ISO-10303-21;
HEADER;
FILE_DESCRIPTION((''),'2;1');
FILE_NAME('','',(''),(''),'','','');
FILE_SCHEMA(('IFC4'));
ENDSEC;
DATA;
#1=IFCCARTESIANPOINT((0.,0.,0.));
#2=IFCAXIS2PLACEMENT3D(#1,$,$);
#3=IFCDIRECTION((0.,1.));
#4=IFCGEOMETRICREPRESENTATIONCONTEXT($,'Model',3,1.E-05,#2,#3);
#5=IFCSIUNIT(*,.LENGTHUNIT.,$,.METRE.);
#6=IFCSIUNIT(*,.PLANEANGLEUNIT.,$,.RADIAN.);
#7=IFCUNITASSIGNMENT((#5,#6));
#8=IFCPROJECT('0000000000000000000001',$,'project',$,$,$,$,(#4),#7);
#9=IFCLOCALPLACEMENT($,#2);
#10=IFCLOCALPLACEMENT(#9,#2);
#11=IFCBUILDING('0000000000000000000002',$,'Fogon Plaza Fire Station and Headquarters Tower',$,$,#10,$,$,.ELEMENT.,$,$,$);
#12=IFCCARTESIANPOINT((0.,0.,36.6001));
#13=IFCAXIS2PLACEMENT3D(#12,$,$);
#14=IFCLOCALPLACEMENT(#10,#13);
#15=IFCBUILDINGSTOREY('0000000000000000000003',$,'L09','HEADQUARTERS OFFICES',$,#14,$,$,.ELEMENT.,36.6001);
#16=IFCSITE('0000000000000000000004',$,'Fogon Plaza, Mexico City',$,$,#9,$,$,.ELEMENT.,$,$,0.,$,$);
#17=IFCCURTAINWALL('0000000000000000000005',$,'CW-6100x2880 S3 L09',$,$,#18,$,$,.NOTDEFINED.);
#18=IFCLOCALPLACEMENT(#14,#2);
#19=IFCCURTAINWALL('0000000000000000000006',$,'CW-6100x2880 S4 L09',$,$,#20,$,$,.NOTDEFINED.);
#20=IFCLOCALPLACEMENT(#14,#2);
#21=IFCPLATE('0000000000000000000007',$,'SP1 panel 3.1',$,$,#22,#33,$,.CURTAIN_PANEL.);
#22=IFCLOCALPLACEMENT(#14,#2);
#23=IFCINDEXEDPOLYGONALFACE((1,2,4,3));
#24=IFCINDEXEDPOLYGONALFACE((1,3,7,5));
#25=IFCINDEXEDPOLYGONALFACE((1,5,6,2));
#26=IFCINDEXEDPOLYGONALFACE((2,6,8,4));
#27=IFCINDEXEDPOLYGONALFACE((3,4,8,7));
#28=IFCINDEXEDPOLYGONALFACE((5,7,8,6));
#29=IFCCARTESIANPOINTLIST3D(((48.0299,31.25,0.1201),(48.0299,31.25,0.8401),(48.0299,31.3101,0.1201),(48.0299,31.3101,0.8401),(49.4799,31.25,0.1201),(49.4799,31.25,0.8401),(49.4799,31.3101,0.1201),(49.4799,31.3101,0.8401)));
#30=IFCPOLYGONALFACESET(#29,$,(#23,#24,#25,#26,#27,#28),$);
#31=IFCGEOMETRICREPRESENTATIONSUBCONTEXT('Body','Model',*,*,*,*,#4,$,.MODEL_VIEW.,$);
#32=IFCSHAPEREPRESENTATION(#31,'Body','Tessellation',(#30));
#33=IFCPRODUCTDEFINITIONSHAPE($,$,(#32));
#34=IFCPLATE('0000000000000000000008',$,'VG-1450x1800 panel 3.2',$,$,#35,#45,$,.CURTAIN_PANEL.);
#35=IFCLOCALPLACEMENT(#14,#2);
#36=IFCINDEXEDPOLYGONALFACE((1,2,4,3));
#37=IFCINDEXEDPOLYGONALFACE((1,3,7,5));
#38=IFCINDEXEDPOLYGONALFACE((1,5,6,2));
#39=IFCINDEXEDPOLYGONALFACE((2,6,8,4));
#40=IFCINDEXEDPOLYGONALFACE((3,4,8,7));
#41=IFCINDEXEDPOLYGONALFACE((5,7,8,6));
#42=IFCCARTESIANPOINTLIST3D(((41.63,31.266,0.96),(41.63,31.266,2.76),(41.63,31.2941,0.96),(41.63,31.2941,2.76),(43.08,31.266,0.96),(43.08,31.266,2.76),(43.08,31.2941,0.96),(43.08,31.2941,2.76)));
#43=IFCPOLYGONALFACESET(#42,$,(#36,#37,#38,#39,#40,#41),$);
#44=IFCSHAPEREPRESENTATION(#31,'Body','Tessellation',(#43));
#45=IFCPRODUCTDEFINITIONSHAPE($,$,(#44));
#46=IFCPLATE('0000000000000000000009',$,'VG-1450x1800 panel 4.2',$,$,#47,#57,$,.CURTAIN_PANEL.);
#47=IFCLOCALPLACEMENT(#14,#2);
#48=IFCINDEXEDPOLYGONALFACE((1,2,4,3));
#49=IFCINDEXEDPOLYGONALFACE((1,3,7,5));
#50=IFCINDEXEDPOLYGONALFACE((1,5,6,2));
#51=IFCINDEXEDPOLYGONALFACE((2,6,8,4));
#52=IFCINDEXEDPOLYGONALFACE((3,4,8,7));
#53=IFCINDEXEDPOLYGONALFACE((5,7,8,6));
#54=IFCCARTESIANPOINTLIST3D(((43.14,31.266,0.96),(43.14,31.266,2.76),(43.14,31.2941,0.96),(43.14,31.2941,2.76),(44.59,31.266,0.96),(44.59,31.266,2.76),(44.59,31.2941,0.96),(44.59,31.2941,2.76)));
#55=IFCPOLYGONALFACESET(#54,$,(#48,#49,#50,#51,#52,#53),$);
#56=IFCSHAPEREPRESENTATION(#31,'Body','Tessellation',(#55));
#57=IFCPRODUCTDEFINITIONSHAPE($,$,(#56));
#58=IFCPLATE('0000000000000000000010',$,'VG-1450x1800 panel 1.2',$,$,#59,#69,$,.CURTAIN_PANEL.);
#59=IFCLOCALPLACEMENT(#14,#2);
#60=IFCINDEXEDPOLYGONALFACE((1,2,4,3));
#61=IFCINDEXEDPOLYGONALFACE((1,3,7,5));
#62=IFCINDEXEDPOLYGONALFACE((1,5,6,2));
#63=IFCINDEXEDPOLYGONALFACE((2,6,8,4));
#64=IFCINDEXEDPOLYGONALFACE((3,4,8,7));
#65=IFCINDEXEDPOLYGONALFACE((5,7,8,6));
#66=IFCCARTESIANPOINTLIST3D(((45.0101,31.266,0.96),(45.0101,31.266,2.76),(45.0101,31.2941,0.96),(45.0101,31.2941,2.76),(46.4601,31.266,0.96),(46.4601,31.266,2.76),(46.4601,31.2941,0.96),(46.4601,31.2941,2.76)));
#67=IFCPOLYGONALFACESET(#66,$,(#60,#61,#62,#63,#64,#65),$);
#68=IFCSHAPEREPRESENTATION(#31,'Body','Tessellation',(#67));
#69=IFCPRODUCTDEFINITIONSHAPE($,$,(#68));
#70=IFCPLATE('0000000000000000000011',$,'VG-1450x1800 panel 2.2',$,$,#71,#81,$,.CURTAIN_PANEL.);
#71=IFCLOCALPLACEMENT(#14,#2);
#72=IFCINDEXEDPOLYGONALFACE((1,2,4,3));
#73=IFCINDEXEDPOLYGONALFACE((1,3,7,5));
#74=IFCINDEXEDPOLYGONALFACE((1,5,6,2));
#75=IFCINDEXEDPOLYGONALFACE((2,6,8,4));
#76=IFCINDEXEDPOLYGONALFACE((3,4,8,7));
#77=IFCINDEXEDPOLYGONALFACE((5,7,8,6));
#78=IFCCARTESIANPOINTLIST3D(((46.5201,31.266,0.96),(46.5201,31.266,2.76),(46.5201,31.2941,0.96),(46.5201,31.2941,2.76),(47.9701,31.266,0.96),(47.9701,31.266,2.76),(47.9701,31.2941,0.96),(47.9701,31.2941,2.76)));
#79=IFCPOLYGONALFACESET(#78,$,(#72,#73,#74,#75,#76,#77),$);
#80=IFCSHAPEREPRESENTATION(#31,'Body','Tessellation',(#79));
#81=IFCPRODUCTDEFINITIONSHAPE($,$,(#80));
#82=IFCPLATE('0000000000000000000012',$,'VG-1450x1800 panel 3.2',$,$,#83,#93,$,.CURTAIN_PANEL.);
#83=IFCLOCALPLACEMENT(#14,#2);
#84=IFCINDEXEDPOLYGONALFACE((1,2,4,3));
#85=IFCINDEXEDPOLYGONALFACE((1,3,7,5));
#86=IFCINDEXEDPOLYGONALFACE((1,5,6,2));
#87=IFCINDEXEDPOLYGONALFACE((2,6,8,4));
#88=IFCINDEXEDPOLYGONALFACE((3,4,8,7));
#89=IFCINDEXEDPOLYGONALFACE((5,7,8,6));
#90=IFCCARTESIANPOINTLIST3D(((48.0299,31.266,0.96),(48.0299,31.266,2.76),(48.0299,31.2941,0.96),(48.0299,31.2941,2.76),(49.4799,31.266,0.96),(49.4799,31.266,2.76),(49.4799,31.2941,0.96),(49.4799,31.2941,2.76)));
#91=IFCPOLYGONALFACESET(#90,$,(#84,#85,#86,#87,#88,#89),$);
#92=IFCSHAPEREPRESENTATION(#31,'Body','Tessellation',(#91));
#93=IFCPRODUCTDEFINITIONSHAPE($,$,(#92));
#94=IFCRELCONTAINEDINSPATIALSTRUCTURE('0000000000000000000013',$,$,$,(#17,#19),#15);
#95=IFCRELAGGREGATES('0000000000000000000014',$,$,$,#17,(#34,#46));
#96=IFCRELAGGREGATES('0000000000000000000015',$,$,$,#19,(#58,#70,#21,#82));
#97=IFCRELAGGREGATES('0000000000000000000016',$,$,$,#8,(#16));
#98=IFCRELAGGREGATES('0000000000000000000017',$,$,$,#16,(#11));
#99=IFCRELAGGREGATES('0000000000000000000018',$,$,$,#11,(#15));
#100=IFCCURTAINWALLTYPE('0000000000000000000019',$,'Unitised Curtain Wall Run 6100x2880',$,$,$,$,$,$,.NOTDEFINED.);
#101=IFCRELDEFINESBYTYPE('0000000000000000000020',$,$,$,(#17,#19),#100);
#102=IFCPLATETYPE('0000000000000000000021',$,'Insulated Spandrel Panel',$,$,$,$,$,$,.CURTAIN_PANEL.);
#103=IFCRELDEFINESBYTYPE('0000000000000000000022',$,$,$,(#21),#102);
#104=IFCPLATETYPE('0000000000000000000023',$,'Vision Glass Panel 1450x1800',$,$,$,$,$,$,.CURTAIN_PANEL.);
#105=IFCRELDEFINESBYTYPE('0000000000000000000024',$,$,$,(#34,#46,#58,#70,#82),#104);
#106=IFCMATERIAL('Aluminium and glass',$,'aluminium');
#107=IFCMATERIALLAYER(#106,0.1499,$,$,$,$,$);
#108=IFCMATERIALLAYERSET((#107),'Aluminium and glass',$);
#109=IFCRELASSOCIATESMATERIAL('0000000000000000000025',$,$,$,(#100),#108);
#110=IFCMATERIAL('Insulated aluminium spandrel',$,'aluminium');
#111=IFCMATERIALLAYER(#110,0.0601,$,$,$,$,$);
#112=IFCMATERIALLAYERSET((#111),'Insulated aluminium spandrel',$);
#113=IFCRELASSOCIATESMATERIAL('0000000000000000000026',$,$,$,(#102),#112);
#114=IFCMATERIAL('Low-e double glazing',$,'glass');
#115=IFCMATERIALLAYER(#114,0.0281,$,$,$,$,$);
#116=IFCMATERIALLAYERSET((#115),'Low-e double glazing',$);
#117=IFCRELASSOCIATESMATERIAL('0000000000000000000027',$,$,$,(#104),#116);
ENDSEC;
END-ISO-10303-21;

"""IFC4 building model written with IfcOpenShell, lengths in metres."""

from ifc_helpers import new_model, si_unit, direction, frame, origin, origin_2d, place, context, subcontext, project, spatial, rectangle, extrude, material, layer, layer_set, type_object, element, aggregate, save


model = new_model("IFC4")

# Units and contexts
model_context = context("Model", 3, precision=1e-05, world=origin(), true_north=direction((0.0, 1.0)))
body_context = subcontext(model_context, "Body", "Model", "MODEL_VIEW")
ifc_project = project(units=[si_unit("LENGTHUNIT", "METRE"), si_unit("PLANEANGLEUNIT", "RADIAN")], contexts=[model_context])

# Site, building, storey
site_placement = place(None, origin())
site = spatial("IfcSite", under=ifc_project, at=site_placement, Name="Fogon Plaza, Mexico City", CompositionType="ELEMENT", RefElevation=0.0)
building_placement = place(site_placement, origin())
building = spatial("IfcBuilding", under=site, at=building_placement, Name="Fogon Plaza Fire Station and Headquarters Tower", CompositionType="ELEMENT")
storey_placement = place(building_placement, frame((0.0, 0.0, 36.6001)))
storey = spatial("IfcBuildingStorey", under=building, at=storey_placement, Name="L09", Description="HEADQUARTERS OFFICES", CompositionType="ELEMENT", Elevation=36.6001)

# Curtain walls
ifc_material_1 = material(Name="Aluminium and glass", Category="aluminium")
ifc_layer_1 = layer(ifc_material_1, 0.1499)
ifc_layer_set_1 = layer_set([ifc_layer_1], Name="Aluminium and glass")
curtain_wall_type = type_object("IfcCurtainWallType", Name="Unitised Curtain Wall Run 6100x2880", PredefinedType="NOTDEFINED", material=ifc_layer_set_1)
curtain_wall_1_placement = place(storey_placement, origin())
curtain_wall_1 = element("IfcCurtainWall", 1, at=curtain_wall_1_placement, inside=storey, type_object=curtain_wall_type, Name="CW-6100x2880 S3 L09", PredefinedType="NOTDEFINED")
curtain_wall_2_placement = place(storey_placement, origin())
curtain_wall_2 = element("IfcCurtainWall", 2, at=curtain_wall_2_placement, inside=storey, type_object=curtain_wall_type, Name="CW-6100x2880 S4 L09", PredefinedType="NOTDEFINED")

# Plates
ifc_material_2 = material(Name="Insulated aluminium spandrel", Category="aluminium")
ifc_layer_2 = layer(ifc_material_2, 0.0601)
ifc_layer_set_2 = layer_set([ifc_layer_2], Name="Insulated aluminium spandrel")
plate_type_1 = type_object("IfcPlateType", Name="Insulated Spandrel Panel", PredefinedType="CURTAIN_PANEL", material=ifc_layer_set_2)
plate_1_placement = place(storey_placement, frame((48.7549, 31.28, 0.1201), z_axis=(0.0, 0.0, 1.0), x_axis=(1.0, 0.0, 0.0)))
plate_1 = element("IfcPlate", 3, at=plate_1_placement, type_object=plate_type_1, Name="SP1 panel 3.1", PredefinedType="CURTAIN_PANEL", context=body_context, shape_type="SweptSolid", body=[
    extrude(rectangle(XDim=1.45, YDim=0.0601, at=origin_2d()), origin(), (0.0, 0.0, 1.0), 0.72),
])
ifc_material_3 = material(Name="Low-e double glazing", Category="glass")
ifc_layer_3 = layer(ifc_material_3, 0.0281)
ifc_layer_set_3 = layer_set([ifc_layer_3], Name="Low-e double glazing")
plate_type_2 = type_object("IfcPlateType", Name="Vision Glass Panel 1450x1800", PredefinedType="CURTAIN_PANEL", material=ifc_layer_set_3)
plate_2_placement = place(storey_placement, frame((42.355, 31.28, 0.96), z_axis=(0.0, 0.0, 1.0), x_axis=(1.0, 0.0, 0.0)))
plate_2 = element("IfcPlate", 4, at=plate_2_placement, type_object=plate_type_2, Name="VG-1450x1800 panel 3.2", PredefinedType="CURTAIN_PANEL", context=body_context, shape_type="SweptSolid", body=[
    extrude(rectangle(XDim=1.45, YDim=0.0281, at=origin_2d()), origin(), (0.0, 0.0, 1.0), 1.8),
])
plate_3_placement = place(storey_placement, frame((43.865, 31.28, 0.96), z_axis=(0.0, 0.0, 1.0), x_axis=(1.0, 0.0, 0.0)))
plate_3 = element("IfcPlate", 5, at=plate_3_placement, type_object=plate_type_2, Name="VG-1450x1800 panel 4.2", PredefinedType="CURTAIN_PANEL", context=body_context, shape_type="SweptSolid", body=[
    extrude(rectangle(XDim=1.45, YDim=0.0281, at=origin_2d()), origin(), (0.0, 0.0, 1.0), 1.8),
])
aggregate(curtain_wall_1, [plate_2, plate_3])
plate_4_placement = place(storey_placement, frame((45.7351, 31.28, 0.96), z_axis=(0.0, 0.0, 1.0), x_axis=(1.0, 0.0, 0.0)))
plate_4 = element("IfcPlate", 6, at=plate_4_placement, type_object=plate_type_2, Name="VG-1450x1800 panel 1.2", PredefinedType="CURTAIN_PANEL", context=body_context, shape_type="SweptSolid", body=[
    extrude(rectangle(XDim=1.45, YDim=0.0281, at=origin_2d()), origin(), (0.0, 0.0, 1.0), 1.8),
])
plate_5_placement = place(storey_placement, frame((47.2451, 31.28, 0.96), z_axis=(0.0, 0.0, 1.0), x_axis=(1.0, 0.0, 0.0)))
plate_5 = element("IfcPlate", 7, at=plate_5_placement, type_object=plate_type_2, Name="VG-1450x1800 panel 2.2", PredefinedType="CURTAIN_PANEL", context=body_context, shape_type="SweptSolid", body=[
    extrude(rectangle(XDim=1.45, YDim=0.0281, at=origin_2d()), origin(), (0.0, 0.0, 1.0), 1.8),
])
plate_6_placement = place(storey_placement, frame((48.7549, 31.28, 0.96), z_axis=(0.0, 0.0, 1.0), x_axis=(1.0, 0.0, 0.0)))
plate_6 = element("IfcPlate", 8, at=plate_6_placement, type_object=plate_type_2, Name="VG-1450x1800 panel 3.2", PredefinedType="CURTAIN_PANEL", context=body_context, shape_type="SweptSolid", body=[
    extrude(rectangle(XDim=1.45, YDim=0.0281, at=origin_2d()), origin(), (0.0, 0.0, 1.0), 1.8),
])
aggregate(curtain_wall_2, [plate_4, plate_5, plate_1, plate_6])

save(model, "model.ifc")
